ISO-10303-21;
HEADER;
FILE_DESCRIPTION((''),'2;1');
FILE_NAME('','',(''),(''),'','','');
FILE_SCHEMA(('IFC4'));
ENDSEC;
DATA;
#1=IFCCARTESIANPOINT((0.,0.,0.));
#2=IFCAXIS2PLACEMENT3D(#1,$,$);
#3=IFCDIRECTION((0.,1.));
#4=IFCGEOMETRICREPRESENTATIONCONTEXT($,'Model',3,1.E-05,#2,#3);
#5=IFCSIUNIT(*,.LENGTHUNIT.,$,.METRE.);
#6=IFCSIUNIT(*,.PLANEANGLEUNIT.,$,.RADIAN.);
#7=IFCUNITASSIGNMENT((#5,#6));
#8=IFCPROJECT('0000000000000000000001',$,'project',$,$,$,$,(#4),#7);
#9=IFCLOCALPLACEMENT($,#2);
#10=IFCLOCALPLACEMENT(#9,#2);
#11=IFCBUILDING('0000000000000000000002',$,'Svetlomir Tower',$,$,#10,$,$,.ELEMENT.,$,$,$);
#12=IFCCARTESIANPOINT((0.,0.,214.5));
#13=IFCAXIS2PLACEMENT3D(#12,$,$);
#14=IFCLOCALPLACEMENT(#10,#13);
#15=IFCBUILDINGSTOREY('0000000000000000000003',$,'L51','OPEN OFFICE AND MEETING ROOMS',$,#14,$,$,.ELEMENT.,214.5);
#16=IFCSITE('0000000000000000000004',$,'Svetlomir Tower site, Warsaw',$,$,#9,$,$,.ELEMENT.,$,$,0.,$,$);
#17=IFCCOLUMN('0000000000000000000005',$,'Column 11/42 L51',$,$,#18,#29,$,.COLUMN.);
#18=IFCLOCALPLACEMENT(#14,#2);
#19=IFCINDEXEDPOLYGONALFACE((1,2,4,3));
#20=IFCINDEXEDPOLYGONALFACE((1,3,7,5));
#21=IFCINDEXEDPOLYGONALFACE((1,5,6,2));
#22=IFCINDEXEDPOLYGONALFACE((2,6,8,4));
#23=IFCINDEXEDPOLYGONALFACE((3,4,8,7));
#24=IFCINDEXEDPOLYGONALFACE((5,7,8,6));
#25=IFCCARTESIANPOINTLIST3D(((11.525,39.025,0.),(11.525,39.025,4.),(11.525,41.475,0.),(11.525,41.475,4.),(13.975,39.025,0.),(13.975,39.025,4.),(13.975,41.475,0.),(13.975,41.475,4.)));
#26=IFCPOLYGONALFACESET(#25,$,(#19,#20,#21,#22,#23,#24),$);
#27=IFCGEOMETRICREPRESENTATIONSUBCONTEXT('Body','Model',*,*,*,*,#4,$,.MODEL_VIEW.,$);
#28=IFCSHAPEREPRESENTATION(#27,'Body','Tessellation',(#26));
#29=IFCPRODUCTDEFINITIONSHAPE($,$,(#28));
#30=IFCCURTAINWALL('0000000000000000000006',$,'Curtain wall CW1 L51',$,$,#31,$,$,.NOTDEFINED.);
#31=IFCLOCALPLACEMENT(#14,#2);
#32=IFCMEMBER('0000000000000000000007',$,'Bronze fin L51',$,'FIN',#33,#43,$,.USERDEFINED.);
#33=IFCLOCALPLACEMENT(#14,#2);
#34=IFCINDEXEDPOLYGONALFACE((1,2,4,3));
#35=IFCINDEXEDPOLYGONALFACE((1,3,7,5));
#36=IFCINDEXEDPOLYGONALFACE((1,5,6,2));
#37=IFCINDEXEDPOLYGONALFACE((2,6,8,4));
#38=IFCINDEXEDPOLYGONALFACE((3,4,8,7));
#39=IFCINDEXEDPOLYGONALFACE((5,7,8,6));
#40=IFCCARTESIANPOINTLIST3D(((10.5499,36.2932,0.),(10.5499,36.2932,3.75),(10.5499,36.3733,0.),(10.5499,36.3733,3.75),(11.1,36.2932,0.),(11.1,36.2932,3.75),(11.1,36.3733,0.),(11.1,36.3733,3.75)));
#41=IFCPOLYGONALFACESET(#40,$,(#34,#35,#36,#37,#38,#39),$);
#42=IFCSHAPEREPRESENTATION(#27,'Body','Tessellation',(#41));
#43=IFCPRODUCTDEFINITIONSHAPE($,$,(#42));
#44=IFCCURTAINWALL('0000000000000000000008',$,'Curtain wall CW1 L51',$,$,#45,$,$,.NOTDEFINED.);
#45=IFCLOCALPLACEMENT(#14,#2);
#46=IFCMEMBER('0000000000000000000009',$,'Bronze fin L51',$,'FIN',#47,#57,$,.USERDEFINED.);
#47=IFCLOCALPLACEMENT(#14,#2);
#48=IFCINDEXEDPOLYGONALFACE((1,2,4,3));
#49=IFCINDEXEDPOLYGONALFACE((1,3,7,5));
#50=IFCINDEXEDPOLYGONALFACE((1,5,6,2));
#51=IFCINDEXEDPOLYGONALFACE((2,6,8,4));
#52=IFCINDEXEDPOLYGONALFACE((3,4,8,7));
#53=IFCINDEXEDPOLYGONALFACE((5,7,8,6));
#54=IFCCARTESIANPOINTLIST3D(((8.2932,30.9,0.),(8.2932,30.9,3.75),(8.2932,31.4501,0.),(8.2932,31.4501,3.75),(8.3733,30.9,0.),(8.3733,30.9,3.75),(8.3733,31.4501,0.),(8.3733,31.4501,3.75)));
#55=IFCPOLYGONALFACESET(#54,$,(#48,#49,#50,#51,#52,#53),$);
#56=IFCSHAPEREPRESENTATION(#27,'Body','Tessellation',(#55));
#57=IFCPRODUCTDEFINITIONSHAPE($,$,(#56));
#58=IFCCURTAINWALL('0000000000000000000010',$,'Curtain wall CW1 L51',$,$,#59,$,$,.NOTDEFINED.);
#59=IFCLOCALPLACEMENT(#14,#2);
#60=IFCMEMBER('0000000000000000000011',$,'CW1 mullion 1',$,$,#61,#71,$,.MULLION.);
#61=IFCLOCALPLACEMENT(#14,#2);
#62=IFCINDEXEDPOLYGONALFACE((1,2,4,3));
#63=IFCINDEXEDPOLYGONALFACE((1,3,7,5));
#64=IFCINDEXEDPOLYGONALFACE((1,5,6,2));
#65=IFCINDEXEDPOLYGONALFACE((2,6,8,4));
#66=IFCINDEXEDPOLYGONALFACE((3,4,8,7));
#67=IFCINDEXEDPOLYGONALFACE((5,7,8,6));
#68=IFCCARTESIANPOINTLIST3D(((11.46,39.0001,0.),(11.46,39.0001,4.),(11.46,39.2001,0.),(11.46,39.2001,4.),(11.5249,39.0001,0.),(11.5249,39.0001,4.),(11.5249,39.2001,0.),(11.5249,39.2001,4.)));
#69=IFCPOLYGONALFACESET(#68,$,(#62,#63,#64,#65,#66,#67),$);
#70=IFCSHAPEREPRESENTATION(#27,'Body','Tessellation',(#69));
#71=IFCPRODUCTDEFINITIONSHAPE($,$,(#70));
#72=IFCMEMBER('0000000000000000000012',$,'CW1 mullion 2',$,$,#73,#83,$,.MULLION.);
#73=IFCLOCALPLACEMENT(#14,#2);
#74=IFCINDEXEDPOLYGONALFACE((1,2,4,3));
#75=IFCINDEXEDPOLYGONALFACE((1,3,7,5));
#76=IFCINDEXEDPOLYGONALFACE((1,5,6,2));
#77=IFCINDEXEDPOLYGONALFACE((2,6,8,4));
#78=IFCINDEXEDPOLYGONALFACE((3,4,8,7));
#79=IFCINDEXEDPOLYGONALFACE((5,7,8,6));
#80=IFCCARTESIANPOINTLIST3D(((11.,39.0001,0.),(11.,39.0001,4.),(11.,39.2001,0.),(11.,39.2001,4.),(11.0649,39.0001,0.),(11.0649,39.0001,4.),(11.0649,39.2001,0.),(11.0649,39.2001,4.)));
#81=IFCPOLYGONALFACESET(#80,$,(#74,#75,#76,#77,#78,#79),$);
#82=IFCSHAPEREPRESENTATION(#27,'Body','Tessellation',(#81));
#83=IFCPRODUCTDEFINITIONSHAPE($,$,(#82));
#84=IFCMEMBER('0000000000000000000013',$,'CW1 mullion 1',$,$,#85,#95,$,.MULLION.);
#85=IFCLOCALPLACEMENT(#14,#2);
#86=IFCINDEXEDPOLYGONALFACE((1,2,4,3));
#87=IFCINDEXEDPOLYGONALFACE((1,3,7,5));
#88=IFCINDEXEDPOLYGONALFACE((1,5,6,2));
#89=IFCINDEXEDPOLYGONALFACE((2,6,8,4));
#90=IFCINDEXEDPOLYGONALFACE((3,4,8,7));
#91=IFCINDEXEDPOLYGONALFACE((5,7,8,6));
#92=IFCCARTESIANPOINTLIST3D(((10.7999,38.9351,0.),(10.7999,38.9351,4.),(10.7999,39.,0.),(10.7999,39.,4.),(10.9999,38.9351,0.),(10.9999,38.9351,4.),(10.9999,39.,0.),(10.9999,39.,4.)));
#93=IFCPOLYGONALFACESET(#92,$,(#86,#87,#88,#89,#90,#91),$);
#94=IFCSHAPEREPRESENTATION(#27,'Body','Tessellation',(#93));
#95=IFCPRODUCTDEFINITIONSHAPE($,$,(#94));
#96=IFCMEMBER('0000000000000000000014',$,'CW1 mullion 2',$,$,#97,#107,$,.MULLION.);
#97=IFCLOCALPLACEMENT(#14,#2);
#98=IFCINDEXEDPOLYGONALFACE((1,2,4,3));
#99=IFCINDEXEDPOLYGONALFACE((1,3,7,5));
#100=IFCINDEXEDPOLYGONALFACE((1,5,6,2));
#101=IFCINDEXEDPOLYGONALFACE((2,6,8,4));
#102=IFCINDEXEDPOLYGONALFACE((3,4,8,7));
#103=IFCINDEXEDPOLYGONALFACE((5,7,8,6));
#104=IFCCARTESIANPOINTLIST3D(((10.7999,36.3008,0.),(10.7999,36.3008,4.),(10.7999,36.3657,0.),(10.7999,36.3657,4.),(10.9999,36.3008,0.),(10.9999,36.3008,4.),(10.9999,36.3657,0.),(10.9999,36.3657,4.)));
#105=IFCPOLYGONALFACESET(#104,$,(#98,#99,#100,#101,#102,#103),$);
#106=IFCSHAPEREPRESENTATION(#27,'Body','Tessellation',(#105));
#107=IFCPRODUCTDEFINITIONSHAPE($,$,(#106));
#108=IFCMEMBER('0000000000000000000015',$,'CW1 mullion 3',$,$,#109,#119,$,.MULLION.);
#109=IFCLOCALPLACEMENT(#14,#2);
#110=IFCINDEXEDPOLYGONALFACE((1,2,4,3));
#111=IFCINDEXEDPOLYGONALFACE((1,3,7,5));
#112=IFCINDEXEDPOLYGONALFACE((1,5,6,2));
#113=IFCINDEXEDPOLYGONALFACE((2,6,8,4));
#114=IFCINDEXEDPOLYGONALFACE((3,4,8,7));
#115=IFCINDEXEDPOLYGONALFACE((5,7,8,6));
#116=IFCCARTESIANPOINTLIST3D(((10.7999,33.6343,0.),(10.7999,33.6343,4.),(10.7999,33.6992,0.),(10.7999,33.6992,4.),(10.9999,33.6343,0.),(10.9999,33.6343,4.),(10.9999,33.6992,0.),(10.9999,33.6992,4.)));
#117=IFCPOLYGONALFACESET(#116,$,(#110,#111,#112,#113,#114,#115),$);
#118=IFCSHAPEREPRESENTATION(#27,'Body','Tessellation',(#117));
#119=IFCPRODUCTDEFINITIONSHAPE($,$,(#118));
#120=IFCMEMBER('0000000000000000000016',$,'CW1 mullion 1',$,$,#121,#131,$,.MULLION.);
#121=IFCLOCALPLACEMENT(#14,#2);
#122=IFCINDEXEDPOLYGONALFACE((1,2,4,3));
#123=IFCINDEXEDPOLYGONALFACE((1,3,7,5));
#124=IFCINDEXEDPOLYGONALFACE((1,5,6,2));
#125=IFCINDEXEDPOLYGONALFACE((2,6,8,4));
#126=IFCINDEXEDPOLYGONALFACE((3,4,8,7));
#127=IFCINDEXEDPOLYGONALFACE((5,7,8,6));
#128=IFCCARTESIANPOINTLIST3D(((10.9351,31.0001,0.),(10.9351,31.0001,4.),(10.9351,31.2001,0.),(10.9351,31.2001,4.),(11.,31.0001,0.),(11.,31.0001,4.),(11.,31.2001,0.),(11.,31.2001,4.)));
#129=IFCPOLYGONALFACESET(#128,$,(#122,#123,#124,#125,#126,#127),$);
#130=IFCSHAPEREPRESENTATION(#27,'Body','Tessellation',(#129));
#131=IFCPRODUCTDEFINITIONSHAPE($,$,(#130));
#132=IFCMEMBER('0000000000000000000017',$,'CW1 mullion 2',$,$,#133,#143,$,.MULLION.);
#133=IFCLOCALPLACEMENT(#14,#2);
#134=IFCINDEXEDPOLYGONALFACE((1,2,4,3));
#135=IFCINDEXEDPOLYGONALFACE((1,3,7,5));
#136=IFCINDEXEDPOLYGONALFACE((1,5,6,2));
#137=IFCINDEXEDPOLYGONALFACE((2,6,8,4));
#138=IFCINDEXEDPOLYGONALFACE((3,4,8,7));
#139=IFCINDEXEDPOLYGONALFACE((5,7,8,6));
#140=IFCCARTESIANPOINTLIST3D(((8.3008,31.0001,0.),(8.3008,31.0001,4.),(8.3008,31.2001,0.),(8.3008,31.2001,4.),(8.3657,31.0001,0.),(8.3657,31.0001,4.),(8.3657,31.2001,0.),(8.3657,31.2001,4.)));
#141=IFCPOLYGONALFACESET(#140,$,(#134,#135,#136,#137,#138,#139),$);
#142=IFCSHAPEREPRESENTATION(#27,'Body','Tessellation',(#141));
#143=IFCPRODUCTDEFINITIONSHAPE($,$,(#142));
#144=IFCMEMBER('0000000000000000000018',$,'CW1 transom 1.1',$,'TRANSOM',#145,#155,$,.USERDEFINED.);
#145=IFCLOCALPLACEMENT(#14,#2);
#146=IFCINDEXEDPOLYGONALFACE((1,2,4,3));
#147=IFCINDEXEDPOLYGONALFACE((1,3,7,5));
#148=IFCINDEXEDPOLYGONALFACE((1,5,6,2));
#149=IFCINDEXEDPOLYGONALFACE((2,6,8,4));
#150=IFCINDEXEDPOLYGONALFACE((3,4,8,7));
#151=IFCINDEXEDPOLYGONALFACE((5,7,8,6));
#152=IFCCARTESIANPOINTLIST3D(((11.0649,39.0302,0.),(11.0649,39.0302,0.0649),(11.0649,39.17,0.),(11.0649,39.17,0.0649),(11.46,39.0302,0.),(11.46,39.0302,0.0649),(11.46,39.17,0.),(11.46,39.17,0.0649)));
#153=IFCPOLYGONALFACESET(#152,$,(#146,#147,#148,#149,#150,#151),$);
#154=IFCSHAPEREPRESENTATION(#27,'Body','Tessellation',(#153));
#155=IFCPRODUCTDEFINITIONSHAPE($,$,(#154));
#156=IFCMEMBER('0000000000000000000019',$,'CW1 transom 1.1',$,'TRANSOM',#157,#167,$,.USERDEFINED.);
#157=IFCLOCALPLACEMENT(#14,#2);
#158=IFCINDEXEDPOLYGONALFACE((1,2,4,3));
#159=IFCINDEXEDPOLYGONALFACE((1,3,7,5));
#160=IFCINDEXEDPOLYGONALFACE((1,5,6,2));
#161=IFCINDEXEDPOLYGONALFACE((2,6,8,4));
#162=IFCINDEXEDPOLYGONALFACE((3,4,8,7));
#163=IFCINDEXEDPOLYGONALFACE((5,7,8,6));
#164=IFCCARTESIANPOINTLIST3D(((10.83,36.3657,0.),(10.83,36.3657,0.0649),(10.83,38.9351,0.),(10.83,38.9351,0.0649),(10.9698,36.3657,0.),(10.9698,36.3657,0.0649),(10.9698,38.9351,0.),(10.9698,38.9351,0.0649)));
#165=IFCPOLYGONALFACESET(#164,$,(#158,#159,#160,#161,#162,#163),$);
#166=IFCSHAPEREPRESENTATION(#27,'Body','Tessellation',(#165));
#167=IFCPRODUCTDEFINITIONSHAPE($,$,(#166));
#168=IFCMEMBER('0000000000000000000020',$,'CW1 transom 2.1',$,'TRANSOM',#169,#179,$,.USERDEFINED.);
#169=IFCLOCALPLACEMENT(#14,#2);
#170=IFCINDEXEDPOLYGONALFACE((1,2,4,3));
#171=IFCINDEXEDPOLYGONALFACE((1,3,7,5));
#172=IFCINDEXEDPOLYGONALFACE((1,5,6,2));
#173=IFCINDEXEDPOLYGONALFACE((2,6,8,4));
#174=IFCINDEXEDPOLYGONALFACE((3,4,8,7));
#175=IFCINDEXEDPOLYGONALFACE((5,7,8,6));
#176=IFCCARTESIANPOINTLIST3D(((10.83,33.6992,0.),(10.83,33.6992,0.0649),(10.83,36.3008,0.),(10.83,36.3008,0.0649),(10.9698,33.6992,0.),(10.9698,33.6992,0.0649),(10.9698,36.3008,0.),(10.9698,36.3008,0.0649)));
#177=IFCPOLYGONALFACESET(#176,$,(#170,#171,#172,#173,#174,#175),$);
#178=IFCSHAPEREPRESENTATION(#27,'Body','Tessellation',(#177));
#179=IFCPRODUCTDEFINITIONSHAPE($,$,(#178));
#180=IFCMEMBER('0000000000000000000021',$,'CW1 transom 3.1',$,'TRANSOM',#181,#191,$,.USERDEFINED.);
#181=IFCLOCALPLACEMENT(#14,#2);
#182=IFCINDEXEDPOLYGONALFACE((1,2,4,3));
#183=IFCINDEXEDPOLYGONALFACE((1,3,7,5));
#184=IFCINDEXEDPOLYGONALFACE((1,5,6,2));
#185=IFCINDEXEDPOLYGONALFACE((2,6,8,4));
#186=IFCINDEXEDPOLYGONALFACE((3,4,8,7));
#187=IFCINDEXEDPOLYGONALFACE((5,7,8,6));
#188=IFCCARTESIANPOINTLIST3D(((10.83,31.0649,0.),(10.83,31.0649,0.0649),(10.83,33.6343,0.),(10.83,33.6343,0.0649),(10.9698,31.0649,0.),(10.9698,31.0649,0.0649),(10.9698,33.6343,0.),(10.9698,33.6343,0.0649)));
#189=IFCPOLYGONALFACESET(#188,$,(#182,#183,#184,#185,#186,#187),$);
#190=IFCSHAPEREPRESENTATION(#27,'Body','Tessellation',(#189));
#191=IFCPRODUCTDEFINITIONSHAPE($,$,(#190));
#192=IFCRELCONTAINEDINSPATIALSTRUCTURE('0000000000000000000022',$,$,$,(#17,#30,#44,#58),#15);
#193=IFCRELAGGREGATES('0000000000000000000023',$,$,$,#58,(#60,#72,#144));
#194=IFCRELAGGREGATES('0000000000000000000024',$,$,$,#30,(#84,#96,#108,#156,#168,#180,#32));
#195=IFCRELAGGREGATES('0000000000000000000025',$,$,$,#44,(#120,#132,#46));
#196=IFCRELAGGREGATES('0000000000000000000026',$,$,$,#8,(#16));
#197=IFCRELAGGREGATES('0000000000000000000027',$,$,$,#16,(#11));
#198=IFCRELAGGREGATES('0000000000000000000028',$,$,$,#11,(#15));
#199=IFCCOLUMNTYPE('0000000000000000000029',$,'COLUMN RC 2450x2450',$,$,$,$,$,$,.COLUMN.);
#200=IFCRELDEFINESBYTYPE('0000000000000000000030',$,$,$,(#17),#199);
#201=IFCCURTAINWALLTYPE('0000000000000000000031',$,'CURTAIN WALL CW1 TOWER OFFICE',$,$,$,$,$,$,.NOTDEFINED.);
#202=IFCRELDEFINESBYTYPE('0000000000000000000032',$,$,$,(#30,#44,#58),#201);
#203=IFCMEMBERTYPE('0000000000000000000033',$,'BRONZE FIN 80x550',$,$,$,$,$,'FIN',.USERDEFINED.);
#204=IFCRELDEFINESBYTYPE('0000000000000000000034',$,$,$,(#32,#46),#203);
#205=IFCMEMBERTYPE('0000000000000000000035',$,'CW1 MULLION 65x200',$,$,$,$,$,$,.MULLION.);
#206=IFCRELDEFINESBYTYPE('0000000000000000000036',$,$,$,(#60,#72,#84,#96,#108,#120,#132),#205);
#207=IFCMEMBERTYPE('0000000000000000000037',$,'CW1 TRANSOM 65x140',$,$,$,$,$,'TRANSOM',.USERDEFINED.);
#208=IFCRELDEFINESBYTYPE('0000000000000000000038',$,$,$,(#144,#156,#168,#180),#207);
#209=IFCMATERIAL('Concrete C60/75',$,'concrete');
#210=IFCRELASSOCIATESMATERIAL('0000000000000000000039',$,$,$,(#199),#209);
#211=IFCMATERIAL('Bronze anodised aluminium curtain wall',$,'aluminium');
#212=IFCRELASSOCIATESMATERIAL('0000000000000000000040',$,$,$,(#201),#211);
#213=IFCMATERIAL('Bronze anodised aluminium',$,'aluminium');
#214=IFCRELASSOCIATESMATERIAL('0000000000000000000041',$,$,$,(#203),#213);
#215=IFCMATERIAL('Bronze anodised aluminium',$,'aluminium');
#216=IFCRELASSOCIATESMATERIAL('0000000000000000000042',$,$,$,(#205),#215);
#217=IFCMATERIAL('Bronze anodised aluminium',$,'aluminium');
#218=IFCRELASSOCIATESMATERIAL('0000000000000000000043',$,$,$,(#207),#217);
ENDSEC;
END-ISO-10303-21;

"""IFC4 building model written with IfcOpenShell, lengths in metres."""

from ifc_helpers import new_model, si_unit, direction, frame, origin, origin_2d, place, context, subcontext, project, spatial, rectangle, extrude, material, material_profile, profile_set, type_object, element, aggregate, save


model = new_model("IFC4")

# Units and contexts
model_context = context("Model", 3, precision=1e-05, world=origin(), true_north=direction((0.0, 1.0)))
body_context = subcontext(model_context, "Body", "Model", "MODEL_VIEW")
ifc_project = project(units=[si_unit("LENGTHUNIT", "METRE"), si_unit("PLANEANGLEUNIT", "RADIAN")], contexts=[model_context])

# Site, building, storey
site_placement = place(None, origin())
site = spatial("IfcSite", under=ifc_project, at=site_placement, Name="Svetlomir Tower site, Warsaw", CompositionType="ELEMENT", RefElevation=0.0)
building_placement = place(site_placement, origin())
building = spatial("IfcBuilding", under=site, at=building_placement, Name="Svetlomir Tower", CompositionType="ELEMENT")
storey_placement = place(building_placement, frame((0.0, 0.0, 214.5)))
storey = spatial("IfcBuildingStorey", under=building, at=storey_placement, Name="L51", Description="OPEN OFFICE AND MEETING ROOMS", CompositionType="ELEMENT", Elevation=214.5)

# Column
ifc_material_1 = material(Name="Concrete C60/75", Category="concrete")
ifc_material_profile_1 = material_profile(ifc_material_1, rectangle(XDim=2.45, YDim=2.45, at=origin_2d()), Name="RC 2450x2450")
ifc_profile_set_1 = profile_set([ifc_material_profile_1], Name="Concrete C60/75")
column_type = type_object("IfcColumnType", Name="COLUMN RC 2450x2450", PredefinedType="COLUMN", material=ifc_profile_set_1)
column_placement = place(storey_placement, frame((12.75, 40.25, 0.0), z_axis=(0.0, 0.0, 1.0), x_axis=(1.0, 0.0, 0.0)))
element("IfcColumn", 1, at=column_placement, inside=storey, type_object=column_type, Name="Column 11/42 L51", PredefinedType="COLUMN", context=body_context, shape_type="SweptSolid", body=[
    extrude(rectangle(XDim=2.45, YDim=2.45, at=origin_2d()), origin(), (0.0, 0.0, 1.0), 4.0),
])

# Curtain walls, members
ifc_material_2 = material(Name="Bronze anodised aluminium curtain wall", Category="aluminium")
curtain_wall_type = type_object("IfcCurtainWallType", Name="CURTAIN WALL CW1 TOWER OFFICE", PredefinedType="NOTDEFINED", material=ifc_material_2)
curtain_wall_1_placement = place(storey_placement, origin())
curtain_wall_1 = element("IfcCurtainWall", 2, at=curtain_wall_1_placement, inside=storey, type_object=curtain_wall_type, Name="Curtain wall CW1 L51", PredefinedType="NOTDEFINED")
ifc_material_3 = material(Name="Bronze anodised aluminium", Category="aluminium")
ifc_material_profile_2 = material_profile(ifc_material_3, rectangle(XDim=0.0801, YDim=0.55, at=origin_2d()), Name="FIN 80x550")
ifc_profile_set_2 = profile_set([ifc_material_profile_2], Name="Bronze anodised aluminium 6063-T6")
member_type_1 = type_object("IfcMemberType", Name="BRONZE FIN 80x550", ElementType="FIN", PredefinedType="USERDEFINED", material=ifc_profile_set_2)
member_1_placement = place(storey_placement, frame((10.825, 36.3333, 0.0), z_axis=(0.0, 0.0, 1.0), x_axis=(0.0, 1.0, 0.0)))
member_1 = element("IfcMember", 3, at=member_1_placement, type_object=member_type_1, Name="Bronze fin L51", ObjectType="FIN", PredefinedType="USERDEFINED", context=body_context, shape_type="SweptSolid", body=[
    extrude(rectangle(XDim=0.0801, YDim=0.55, at=origin_2d()), origin(), (0.0, 0.0, 1.0), 3.75),
])
curtain_wall_2_placement = place(storey_placement, origin())
curtain_wall_2 = element("IfcCurtainWall", 4, at=curtain_wall_2_placement, inside=storey, type_object=curtain_wall_type, Name="Curtain wall CW1 L51", PredefinedType="NOTDEFINED")
member_2_placement = place(storey_placement, frame((8.3333, 31.175, 0.0), z_axis=(0.0, 0.0, 1.0), x_axis=(1.0, 0.0, 0.0)))
member_2 = element("IfcMember", 5, at=member_2_placement, type_object=member_type_1, Name="Bronze fin L51", ObjectType="FIN", PredefinedType="USERDEFINED", context=body_context, shape_type="SweptSolid", body=[
    extrude(rectangle(XDim=0.0801, YDim=0.55, at=origin_2d()), origin(), (0.0, 0.0, 1.0), 3.75),
])

# Curtain wall, members
curtain_wall_3_placement = place(storey_placement, origin())
curtain_wall_3 = element("IfcCurtainWall", 6, at=curtain_wall_3_placement, inside=storey, type_object=curtain_wall_type, Name="Curtain wall CW1 L51", PredefinedType="NOTDEFINED")
ifc_material_4 = material(Name="Bronze anodised aluminium", Category="aluminium")
ifc_material_profile_3 = material_profile(ifc_material_4, rectangle(XDim=0.0649, YDim=0.2, at=origin_2d()), Name="AL 65x200")
ifc_profile_set_3 = profile_set([ifc_material_profile_3], Name="Bronze anodised aluminium 6063-T6")
member_type_2 = type_object("IfcMemberType", Name="CW1 MULLION 65x200", PredefinedType="MULLION", material=ifc_profile_set_3)
member_3_placement = place(storey_placement, frame((11.4924, 39.1001, 0.0), z_axis=(0.0, 0.0, 1.0), x_axis=(-1.0, 0.0, 0.0)))
member_3 = element("IfcMember", 7, at=member_3_placement, type_object=member_type_2, Name="CW1 mullion 1", PredefinedType="MULLION", context=body_context, shape_type="SweptSolid", body=[
    extrude(rectangle(XDim=0.0649, YDim=0.2, at=origin_2d()), origin(), (0.0, 0.0, 1.0), 4.0),
])
member_4_placement = place(storey_placement, frame((11.0325, 39.1001, 0.0), z_axis=(0.0, 0.0, 1.0), x_axis=(-1.0, 0.0, 0.0)))
member_4 = element("IfcMember", 8, at=member_4_placement, type_object=member_type_2, Name="CW1 mullion 2", PredefinedType="MULLION", context=body_context, shape_type="SweptSolid", body=[
    extrude(rectangle(XDim=0.0649, YDim=0.2, at=origin_2d()), origin(), (0.0, 0.0, 1.0), 4.0),
])

# Members
member_5_placement = place(storey_placement, frame((10.8999, 38.9675, 0.0), z_axis=(0.0, 0.0, 1.0), x_axis=(0.0, -1.0, 0.0)))
member_5 = element("IfcMember", 9, at=member_5_placement, type_object=member_type_2, Name="CW1 mullion 1", PredefinedType="MULLION", context=body_context, shape_type="SweptSolid", body=[
    extrude(rectangle(XDim=0.0649, YDim=0.2, at=origin_2d()), origin(), (0.0, 0.0, 1.0), 4.0),
])
member_6_placement = place(storey_placement, frame((10.8999, 36.3333, 0.0), z_axis=(0.0, 0.0, 1.0), x_axis=(0.0, -1.0, 0.0)))
member_6 = element("IfcMember", 10, at=member_6_placement, type_object=member_type_2, Name="CW1 mullion 2", PredefinedType="MULLION", context=body_context, shape_type="SweptSolid", body=[
    extrude(rectangle(XDim=0.0649, YDim=0.2, at=origin_2d()), origin(), (0.0, 0.0, 1.0), 4.0),
])
member_7_placement = place(storey_placement, frame((10.8999, 33.6667, 0.0), z_axis=(0.0, 0.0, 1.0), x_axis=(0.0, -1.0, 0.0)))
member_7 = element("IfcMember", 11, at=member_7_placement, type_object=member_type_2, Name="CW1 mullion 3", PredefinedType="MULLION", context=body_context, shape_type="SweptSolid", body=[
    extrude(rectangle(XDim=0.0649, YDim=0.2, at=origin_2d()), origin(), (0.0, 0.0, 1.0), 4.0),
])
member_8_placement = place(storey_placement, frame((10.9675, 31.1001, 0.0), z_axis=(0.0, 0.0, 1.0), x_axis=(-1.0, 0.0, 0.0)))
member_8 = element("IfcMember", 12, at=member_8_placement, type_object=member_type_2, Name="CW1 mullion 1", PredefinedType="MULLION", context=body_context, shape_type="SweptSolid", body=[
    extrude(rectangle(XDim=0.0649, YDim=0.2, at=origin_2d()), origin(), (0.0, 0.0, 1.0), 4.0),
])
member_9_placement = place(storey_placement, frame((8.3333, 31.1001, 0.0), z_axis=(0.0, 0.0, 1.0), x_axis=(-1.0, 0.0, 0.0)))
member_9 = element("IfcMember", 13, at=member_9_placement, type_object=member_type_2, Name="CW1 mullion 2", PredefinedType="MULLION", context=body_context, shape_type="SweptSolid", body=[
    extrude(rectangle(XDim=0.0649, YDim=0.2, at=origin_2d()), origin(), (0.0, 0.0, 1.0), 4.0),
])
ifc_material_5 = material(Name="Bronze anodised aluminium", Category="aluminium")
ifc_material_profile_4 = material_profile(ifc_material_5, rectangle(XDim=0.1399, YDim=0.0649, at=origin_2d()), Name="AL 140x65")
ifc_profile_set_4 = profile_set([ifc_material_profile_4], Name="Bronze anodised aluminium 6063-T6")
member_type_3 = type_object("IfcMemberType", Name="CW1 TRANSOM 65x140", ElementType="TRANSOM", PredefinedType="USERDEFINED", material=ifc_profile_set_4)
member_10_placement = place(storey_placement, frame((11.46, 39.1001, 0.0325), z_axis=(-1.0, 0.0, 0.0), x_axis=(0.0, -1.0, 0.0)))
member_10 = element("IfcMember", 14, at=member_10_placement, type_object=member_type_3, Name="CW1 transom 1.1", ObjectType="TRANSOM", PredefinedType="USERDEFINED", context=body_context, shape_type="SweptSolid", body=[
    extrude(rectangle(XDim=0.1399, YDim=0.0649, at=origin_2d()), origin(), (0.0, 0.0, 1.0), 0.395),
])
member_11_placement = place(storey_placement, frame((10.8999, 38.9351, 0.0325), z_axis=(0.0, -1.0, 0.0), x_axis=(1.0, 0.0, 0.0)))
member_11 = element("IfcMember", 15, at=member_11_placement, type_object=member_type_3, Name="CW1 transom 1.1", ObjectType="TRANSOM", PredefinedType="USERDEFINED", context=body_context, shape_type="SweptSolid", body=[
    extrude(rectangle(XDim=0.1399, YDim=0.0649, at=origin_2d()), origin(), (0.0, 0.0, 1.0), 2.5693),
])
member_12_placement = place(storey_placement, frame((10.8999, 36.3008, 0.0325), z_axis=(0.0, -1.0, 0.0), x_axis=(1.0, 0.0, 0.0)))
member_12 = element("IfcMember", 16, at=member_12_placement, type_object=member_type_3, Name="CW1 transom 2.1", ObjectType="TRANSOM", PredefinedType="USERDEFINED", context=body_context, shape_type="SweptSolid", body=[
    extrude(rectangle(XDim=0.1399, YDim=0.0649, at=origin_2d()), origin(), (0.0, 0.0, 1.0), 2.6016),
])
member_13_placement = place(storey_placement, frame((10.8999, 33.6343, 0.0325), z_axis=(0.0, -1.0, 0.0), x_axis=(1.0, 0.0, 0.0)))
member_13 = element("IfcMember", 17, at=member_13_placement, type_object=member_type_3, Name="CW1 transom 3.1", ObjectType="TRANSOM", PredefinedType="USERDEFINED", context=body_context, shape_type="SweptSolid", body=[
    extrude(rectangle(XDim=0.1399, YDim=0.0649, at=origin_2d()), origin(), (0.0, 0.0, 1.0), 2.5693),
])

aggregate(curtain_wall_3, [member_3, member_4, member_10])
aggregate(curtain_wall_1, [member_5, member_6, member_7, member_11, member_12, member_13, member_1])
aggregate(curtain_wall_2, [member_8, member_9, member_2])

save(model, "model.ifc")
